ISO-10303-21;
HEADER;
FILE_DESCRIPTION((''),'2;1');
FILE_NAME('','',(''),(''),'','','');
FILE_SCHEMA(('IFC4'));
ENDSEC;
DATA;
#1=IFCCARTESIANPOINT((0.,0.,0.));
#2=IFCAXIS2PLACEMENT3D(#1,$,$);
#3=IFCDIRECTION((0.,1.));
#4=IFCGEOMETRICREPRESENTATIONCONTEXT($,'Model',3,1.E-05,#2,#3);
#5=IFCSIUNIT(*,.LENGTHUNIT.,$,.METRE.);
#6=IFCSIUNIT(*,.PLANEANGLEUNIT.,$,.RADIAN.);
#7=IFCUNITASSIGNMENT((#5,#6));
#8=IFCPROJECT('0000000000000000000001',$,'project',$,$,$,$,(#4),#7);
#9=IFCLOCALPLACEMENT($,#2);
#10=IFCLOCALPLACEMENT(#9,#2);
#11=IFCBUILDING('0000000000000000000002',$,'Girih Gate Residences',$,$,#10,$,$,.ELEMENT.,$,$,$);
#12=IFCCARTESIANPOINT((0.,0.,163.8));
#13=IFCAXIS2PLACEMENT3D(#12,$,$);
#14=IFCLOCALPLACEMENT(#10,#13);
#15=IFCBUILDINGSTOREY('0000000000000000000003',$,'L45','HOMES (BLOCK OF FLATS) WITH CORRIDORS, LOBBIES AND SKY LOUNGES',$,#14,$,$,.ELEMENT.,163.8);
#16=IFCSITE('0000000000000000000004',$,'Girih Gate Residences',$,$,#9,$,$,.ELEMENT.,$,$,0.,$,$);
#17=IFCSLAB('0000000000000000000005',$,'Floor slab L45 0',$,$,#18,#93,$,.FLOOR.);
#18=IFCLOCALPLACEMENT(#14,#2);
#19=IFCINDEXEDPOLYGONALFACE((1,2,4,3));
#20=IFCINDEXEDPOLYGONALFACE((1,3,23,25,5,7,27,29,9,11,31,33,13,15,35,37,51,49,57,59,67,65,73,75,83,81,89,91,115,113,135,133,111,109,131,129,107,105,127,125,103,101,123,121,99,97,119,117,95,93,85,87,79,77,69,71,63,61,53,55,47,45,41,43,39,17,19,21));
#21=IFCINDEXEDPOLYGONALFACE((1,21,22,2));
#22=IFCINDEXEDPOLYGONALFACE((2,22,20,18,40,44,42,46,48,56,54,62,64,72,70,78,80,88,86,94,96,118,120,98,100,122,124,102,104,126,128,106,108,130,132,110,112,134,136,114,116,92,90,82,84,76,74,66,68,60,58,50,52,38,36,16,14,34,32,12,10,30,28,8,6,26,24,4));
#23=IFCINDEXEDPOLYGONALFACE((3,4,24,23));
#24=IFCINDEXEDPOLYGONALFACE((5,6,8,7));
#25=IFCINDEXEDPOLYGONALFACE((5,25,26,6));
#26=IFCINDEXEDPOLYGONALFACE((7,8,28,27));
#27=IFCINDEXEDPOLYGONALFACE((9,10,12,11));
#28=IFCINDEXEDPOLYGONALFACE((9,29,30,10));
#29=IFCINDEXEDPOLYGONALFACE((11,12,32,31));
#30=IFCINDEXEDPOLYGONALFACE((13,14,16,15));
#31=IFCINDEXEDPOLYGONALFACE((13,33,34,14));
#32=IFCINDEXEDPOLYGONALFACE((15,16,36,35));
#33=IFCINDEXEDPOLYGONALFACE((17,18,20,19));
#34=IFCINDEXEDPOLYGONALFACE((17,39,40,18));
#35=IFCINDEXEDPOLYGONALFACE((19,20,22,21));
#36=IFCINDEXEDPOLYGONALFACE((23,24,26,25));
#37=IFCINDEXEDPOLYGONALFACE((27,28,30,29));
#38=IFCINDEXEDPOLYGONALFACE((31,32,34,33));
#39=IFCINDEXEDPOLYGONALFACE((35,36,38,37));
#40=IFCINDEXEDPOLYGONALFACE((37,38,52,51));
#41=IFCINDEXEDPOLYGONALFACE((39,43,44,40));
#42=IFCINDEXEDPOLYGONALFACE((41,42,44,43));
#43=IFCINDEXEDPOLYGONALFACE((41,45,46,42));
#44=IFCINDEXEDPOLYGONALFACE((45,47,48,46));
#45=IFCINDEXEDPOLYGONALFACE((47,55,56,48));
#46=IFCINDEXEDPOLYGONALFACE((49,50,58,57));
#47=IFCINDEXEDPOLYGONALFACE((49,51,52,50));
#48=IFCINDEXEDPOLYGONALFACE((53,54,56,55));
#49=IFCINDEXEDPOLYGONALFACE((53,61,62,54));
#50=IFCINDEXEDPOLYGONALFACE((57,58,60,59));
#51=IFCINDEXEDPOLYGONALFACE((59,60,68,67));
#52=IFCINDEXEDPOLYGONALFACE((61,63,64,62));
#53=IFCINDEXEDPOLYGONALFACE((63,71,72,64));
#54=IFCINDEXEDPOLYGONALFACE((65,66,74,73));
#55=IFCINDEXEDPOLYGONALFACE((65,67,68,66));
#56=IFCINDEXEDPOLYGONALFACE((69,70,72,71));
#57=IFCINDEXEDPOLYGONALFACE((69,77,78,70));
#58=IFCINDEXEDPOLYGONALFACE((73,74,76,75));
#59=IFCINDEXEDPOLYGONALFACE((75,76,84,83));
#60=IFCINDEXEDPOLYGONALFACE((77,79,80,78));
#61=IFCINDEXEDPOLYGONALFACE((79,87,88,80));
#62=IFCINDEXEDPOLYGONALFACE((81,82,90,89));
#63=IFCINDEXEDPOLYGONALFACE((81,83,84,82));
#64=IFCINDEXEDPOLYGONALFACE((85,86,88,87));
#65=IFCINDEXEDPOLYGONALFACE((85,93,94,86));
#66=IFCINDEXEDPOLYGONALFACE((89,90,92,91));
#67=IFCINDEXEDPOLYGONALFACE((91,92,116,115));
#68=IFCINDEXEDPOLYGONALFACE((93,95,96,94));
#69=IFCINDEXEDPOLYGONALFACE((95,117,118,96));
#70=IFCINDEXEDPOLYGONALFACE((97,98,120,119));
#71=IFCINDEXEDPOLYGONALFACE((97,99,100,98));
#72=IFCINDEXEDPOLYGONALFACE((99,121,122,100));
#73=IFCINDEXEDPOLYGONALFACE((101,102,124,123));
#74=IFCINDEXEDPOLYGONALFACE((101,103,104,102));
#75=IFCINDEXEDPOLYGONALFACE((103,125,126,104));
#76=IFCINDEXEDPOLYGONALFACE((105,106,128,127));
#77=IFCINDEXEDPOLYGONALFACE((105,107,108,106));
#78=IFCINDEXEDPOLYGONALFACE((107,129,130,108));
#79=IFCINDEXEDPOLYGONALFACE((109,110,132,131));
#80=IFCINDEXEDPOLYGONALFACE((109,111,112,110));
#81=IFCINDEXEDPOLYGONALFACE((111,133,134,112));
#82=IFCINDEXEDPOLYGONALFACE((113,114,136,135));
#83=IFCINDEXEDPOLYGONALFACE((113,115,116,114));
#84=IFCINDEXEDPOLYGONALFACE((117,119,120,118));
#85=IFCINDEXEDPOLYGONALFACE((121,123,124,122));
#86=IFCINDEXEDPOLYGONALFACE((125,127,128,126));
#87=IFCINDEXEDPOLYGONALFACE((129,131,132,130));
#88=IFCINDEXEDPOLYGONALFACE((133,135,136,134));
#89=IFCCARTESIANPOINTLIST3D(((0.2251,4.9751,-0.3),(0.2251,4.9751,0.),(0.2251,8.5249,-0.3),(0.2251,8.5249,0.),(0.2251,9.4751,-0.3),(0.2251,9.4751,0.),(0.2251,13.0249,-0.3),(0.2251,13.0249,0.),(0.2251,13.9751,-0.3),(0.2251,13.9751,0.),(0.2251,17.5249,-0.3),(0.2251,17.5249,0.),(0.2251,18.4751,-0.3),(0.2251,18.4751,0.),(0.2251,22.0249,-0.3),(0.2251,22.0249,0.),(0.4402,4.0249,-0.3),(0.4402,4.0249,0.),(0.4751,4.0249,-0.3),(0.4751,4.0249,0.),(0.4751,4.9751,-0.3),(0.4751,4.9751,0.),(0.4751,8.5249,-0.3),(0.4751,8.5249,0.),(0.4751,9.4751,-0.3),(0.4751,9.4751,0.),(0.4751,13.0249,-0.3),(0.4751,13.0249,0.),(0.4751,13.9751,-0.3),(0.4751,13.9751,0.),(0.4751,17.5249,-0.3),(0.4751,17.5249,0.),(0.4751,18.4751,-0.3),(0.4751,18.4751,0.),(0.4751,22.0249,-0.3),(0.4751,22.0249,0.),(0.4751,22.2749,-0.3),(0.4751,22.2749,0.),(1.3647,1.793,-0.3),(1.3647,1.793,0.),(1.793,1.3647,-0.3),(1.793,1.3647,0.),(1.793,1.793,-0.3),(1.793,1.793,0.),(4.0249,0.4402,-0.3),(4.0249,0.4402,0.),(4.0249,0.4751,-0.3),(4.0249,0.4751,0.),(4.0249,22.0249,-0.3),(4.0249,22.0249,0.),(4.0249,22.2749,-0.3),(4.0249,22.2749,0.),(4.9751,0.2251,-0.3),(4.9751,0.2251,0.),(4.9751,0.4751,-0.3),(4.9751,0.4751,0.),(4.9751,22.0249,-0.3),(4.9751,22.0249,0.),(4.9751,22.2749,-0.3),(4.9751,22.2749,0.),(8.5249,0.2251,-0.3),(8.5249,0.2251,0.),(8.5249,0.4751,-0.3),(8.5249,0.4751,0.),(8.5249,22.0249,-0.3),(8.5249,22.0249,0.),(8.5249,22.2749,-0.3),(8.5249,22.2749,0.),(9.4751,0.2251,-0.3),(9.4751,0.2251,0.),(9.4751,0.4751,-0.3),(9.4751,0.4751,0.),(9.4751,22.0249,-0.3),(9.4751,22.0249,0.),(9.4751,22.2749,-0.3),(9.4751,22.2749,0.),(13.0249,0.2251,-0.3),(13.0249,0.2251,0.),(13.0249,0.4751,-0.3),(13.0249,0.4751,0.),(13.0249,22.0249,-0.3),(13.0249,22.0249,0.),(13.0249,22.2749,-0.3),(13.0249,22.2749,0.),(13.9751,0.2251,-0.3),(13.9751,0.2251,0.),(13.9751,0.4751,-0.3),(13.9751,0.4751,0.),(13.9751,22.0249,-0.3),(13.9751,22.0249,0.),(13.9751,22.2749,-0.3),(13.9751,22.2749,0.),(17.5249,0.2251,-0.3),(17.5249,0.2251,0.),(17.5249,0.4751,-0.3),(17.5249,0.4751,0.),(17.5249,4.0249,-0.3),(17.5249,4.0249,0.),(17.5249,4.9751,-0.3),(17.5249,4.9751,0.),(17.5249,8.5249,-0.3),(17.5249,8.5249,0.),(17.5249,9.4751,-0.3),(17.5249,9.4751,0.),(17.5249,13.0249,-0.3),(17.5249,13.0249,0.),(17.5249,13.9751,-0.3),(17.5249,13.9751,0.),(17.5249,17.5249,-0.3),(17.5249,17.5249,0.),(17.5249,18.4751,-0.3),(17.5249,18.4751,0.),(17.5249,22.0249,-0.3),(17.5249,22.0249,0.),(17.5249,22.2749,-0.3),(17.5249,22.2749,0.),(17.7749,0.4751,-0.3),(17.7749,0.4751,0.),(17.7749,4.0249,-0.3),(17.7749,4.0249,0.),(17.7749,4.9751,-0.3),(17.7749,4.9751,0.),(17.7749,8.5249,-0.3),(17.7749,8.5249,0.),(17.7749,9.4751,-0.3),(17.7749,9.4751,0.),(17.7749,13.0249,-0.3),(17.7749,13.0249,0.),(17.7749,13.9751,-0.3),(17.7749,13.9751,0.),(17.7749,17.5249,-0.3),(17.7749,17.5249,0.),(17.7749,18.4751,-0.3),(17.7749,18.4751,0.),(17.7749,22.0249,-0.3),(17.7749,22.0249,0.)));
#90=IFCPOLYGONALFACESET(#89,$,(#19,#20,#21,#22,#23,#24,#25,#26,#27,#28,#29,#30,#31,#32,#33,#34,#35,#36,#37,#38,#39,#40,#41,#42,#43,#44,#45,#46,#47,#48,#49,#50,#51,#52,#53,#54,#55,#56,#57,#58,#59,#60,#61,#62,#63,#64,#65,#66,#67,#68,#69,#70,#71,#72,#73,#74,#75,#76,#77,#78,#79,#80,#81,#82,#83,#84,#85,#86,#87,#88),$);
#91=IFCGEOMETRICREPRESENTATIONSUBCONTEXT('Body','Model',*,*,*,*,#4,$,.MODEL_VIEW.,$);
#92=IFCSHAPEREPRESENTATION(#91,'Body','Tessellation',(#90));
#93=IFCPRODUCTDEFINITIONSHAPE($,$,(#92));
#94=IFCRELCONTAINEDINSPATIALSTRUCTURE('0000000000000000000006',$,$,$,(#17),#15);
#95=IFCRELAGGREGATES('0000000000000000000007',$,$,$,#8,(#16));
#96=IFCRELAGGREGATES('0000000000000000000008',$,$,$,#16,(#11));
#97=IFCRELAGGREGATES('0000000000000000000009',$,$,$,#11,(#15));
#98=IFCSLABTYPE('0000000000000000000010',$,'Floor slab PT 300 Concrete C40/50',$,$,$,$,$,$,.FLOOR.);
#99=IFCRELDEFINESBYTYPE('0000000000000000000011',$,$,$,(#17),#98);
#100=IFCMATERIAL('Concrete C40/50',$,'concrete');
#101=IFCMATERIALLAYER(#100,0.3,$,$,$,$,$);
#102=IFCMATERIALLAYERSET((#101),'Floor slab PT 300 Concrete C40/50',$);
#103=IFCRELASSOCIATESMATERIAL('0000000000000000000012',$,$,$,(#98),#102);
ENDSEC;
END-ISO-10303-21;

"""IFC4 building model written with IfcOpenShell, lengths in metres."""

from ifc_helpers import new_model, si_unit, direction, frame, origin, place, context, subcontext, project, spatial, polyline, outline, extrude, material, layer, layer_set, type_object, element, save


model = new_model("IFC4")

# Units and contexts
model_context = context("Model", 3, precision=1e-05, world=origin(), true_north=direction((0.0, 1.0)))
body_context = subcontext(model_context, "Body", "Model", "MODEL_VIEW")
ifc_project = project(units=[si_unit("LENGTHUNIT", "METRE"), si_unit("PLANEANGLEUNIT", "RADIAN")], contexts=[model_context])

# Site, building, storey
site_placement = place(None, origin())
site = spatial("IfcSite", under=ifc_project, at=site_placement, Name="Girih Gate Residences", CompositionType="ELEMENT", RefElevation=0.0)
building_placement = place(site_placement, origin())
building = spatial("IfcBuilding", under=site, at=building_placement, Name="Girih Gate Residences", CompositionType="ELEMENT")
storey_placement = place(building_placement, frame((0.0, 0.0, 163.8)))
storey = spatial("IfcBuildingStorey", under=building, at=storey_placement, Name="L45", Description="HOMES (BLOCK OF FLATS) WITH CORRIDORS, LOBBIES AND SKY LOUNGES", CompositionType="ELEMENT", Elevation=163.8)

# Slab
ifc_material_1 = material(Name="Concrete C40/50", Category="concrete")
ifc_layer_1 = layer(ifc_material_1, 0.3)
ifc_layer_set_1 = layer_set([ifc_layer_1], Name="Floor slab PT 300 Concrete C40/50")
slab_type_1 = type_object("IfcSlabType", Name="Floor slab PT 300 Concrete C40/50", PredefinedType="FLOOR", material=ifc_layer_set_1)
slab_1_placement = place(storey_placement, frame((0.0, 0.0, -0.3)))
element("IfcSlab", 1, at=slab_1_placement, inside=storey, type_object=slab_type_1, Name="Floor slab L45 0", PredefinedType="FLOOR", context=body_context, shape_type="SweptSolid", body=[
    extrude(outline(polyline([(13.9751, 0.2251), (17.5249, 0.2251), (17.5249, 0.4751), (17.7749, 0.4751), (17.7749, 4.0249), (17.5249, 4.0249), (17.5249, 4.9751), (17.7749, 4.9751), (17.7749, 8.5249), (17.5249, 8.5249), (17.5249, 9.4751), (17.7749, 9.4751), (17.7749, 13.0249), (17.5249, 13.0249), (17.5249, 13.9751), (17.7749, 13.9751), (17.7749, 17.5249), (17.5249, 17.5249), (17.5249, 18.4751), (17.7749, 18.4751), (17.7749, 22.0249), (17.5249, 22.0249), (17.5249, 22.2749), (13.9751, 22.2749), (13.9751, 22.0249), (13.0249, 22.0249), (13.0249, 22.2749), (9.4751, 22.2749), (9.4751, 22.0249), (8.5249, 22.0249), (8.5249, 22.2749), (4.9751, 22.2749), (4.9751, 22.0249), (4.0249, 22.0249), (4.0249, 22.2749), (0.4751, 22.2749), (0.4751, 22.0249), (0.2251, 22.0249), (0.2251, 18.4751), (0.4751, 18.4751), (0.4751, 17.5249), (0.2251, 17.5249), (0.2251, 13.9751), (0.4751, 13.9751), (0.4751, 13.0249), (0.2251, 13.0249), (0.2251, 9.4751), (0.4751, 9.4751), (0.4751, 8.5249), (0.2251, 8.5249), (0.2251, 4.9751), (0.4751, 4.9751), (0.4751, 4.0249), (0.4402, 4.0249), (1.3647, 1.793), (1.793, 1.793), (1.793, 1.3647), (4.0249, 0.4402), (4.0249, 0.4751), (4.9751, 0.4751), (4.9751, 0.2251), (8.5249, 0.2251), (8.5249, 0.4751), (9.4751, 0.4751), (9.4751, 0.2251), (13.0249, 0.2251), (13.0249, 0.4751), (13.9751, 0.4751), (13.9751, 0.2251)])), origin(), (0.0, 0.0, 1.0), 0.3),
])

save(model, "model.ifc")
